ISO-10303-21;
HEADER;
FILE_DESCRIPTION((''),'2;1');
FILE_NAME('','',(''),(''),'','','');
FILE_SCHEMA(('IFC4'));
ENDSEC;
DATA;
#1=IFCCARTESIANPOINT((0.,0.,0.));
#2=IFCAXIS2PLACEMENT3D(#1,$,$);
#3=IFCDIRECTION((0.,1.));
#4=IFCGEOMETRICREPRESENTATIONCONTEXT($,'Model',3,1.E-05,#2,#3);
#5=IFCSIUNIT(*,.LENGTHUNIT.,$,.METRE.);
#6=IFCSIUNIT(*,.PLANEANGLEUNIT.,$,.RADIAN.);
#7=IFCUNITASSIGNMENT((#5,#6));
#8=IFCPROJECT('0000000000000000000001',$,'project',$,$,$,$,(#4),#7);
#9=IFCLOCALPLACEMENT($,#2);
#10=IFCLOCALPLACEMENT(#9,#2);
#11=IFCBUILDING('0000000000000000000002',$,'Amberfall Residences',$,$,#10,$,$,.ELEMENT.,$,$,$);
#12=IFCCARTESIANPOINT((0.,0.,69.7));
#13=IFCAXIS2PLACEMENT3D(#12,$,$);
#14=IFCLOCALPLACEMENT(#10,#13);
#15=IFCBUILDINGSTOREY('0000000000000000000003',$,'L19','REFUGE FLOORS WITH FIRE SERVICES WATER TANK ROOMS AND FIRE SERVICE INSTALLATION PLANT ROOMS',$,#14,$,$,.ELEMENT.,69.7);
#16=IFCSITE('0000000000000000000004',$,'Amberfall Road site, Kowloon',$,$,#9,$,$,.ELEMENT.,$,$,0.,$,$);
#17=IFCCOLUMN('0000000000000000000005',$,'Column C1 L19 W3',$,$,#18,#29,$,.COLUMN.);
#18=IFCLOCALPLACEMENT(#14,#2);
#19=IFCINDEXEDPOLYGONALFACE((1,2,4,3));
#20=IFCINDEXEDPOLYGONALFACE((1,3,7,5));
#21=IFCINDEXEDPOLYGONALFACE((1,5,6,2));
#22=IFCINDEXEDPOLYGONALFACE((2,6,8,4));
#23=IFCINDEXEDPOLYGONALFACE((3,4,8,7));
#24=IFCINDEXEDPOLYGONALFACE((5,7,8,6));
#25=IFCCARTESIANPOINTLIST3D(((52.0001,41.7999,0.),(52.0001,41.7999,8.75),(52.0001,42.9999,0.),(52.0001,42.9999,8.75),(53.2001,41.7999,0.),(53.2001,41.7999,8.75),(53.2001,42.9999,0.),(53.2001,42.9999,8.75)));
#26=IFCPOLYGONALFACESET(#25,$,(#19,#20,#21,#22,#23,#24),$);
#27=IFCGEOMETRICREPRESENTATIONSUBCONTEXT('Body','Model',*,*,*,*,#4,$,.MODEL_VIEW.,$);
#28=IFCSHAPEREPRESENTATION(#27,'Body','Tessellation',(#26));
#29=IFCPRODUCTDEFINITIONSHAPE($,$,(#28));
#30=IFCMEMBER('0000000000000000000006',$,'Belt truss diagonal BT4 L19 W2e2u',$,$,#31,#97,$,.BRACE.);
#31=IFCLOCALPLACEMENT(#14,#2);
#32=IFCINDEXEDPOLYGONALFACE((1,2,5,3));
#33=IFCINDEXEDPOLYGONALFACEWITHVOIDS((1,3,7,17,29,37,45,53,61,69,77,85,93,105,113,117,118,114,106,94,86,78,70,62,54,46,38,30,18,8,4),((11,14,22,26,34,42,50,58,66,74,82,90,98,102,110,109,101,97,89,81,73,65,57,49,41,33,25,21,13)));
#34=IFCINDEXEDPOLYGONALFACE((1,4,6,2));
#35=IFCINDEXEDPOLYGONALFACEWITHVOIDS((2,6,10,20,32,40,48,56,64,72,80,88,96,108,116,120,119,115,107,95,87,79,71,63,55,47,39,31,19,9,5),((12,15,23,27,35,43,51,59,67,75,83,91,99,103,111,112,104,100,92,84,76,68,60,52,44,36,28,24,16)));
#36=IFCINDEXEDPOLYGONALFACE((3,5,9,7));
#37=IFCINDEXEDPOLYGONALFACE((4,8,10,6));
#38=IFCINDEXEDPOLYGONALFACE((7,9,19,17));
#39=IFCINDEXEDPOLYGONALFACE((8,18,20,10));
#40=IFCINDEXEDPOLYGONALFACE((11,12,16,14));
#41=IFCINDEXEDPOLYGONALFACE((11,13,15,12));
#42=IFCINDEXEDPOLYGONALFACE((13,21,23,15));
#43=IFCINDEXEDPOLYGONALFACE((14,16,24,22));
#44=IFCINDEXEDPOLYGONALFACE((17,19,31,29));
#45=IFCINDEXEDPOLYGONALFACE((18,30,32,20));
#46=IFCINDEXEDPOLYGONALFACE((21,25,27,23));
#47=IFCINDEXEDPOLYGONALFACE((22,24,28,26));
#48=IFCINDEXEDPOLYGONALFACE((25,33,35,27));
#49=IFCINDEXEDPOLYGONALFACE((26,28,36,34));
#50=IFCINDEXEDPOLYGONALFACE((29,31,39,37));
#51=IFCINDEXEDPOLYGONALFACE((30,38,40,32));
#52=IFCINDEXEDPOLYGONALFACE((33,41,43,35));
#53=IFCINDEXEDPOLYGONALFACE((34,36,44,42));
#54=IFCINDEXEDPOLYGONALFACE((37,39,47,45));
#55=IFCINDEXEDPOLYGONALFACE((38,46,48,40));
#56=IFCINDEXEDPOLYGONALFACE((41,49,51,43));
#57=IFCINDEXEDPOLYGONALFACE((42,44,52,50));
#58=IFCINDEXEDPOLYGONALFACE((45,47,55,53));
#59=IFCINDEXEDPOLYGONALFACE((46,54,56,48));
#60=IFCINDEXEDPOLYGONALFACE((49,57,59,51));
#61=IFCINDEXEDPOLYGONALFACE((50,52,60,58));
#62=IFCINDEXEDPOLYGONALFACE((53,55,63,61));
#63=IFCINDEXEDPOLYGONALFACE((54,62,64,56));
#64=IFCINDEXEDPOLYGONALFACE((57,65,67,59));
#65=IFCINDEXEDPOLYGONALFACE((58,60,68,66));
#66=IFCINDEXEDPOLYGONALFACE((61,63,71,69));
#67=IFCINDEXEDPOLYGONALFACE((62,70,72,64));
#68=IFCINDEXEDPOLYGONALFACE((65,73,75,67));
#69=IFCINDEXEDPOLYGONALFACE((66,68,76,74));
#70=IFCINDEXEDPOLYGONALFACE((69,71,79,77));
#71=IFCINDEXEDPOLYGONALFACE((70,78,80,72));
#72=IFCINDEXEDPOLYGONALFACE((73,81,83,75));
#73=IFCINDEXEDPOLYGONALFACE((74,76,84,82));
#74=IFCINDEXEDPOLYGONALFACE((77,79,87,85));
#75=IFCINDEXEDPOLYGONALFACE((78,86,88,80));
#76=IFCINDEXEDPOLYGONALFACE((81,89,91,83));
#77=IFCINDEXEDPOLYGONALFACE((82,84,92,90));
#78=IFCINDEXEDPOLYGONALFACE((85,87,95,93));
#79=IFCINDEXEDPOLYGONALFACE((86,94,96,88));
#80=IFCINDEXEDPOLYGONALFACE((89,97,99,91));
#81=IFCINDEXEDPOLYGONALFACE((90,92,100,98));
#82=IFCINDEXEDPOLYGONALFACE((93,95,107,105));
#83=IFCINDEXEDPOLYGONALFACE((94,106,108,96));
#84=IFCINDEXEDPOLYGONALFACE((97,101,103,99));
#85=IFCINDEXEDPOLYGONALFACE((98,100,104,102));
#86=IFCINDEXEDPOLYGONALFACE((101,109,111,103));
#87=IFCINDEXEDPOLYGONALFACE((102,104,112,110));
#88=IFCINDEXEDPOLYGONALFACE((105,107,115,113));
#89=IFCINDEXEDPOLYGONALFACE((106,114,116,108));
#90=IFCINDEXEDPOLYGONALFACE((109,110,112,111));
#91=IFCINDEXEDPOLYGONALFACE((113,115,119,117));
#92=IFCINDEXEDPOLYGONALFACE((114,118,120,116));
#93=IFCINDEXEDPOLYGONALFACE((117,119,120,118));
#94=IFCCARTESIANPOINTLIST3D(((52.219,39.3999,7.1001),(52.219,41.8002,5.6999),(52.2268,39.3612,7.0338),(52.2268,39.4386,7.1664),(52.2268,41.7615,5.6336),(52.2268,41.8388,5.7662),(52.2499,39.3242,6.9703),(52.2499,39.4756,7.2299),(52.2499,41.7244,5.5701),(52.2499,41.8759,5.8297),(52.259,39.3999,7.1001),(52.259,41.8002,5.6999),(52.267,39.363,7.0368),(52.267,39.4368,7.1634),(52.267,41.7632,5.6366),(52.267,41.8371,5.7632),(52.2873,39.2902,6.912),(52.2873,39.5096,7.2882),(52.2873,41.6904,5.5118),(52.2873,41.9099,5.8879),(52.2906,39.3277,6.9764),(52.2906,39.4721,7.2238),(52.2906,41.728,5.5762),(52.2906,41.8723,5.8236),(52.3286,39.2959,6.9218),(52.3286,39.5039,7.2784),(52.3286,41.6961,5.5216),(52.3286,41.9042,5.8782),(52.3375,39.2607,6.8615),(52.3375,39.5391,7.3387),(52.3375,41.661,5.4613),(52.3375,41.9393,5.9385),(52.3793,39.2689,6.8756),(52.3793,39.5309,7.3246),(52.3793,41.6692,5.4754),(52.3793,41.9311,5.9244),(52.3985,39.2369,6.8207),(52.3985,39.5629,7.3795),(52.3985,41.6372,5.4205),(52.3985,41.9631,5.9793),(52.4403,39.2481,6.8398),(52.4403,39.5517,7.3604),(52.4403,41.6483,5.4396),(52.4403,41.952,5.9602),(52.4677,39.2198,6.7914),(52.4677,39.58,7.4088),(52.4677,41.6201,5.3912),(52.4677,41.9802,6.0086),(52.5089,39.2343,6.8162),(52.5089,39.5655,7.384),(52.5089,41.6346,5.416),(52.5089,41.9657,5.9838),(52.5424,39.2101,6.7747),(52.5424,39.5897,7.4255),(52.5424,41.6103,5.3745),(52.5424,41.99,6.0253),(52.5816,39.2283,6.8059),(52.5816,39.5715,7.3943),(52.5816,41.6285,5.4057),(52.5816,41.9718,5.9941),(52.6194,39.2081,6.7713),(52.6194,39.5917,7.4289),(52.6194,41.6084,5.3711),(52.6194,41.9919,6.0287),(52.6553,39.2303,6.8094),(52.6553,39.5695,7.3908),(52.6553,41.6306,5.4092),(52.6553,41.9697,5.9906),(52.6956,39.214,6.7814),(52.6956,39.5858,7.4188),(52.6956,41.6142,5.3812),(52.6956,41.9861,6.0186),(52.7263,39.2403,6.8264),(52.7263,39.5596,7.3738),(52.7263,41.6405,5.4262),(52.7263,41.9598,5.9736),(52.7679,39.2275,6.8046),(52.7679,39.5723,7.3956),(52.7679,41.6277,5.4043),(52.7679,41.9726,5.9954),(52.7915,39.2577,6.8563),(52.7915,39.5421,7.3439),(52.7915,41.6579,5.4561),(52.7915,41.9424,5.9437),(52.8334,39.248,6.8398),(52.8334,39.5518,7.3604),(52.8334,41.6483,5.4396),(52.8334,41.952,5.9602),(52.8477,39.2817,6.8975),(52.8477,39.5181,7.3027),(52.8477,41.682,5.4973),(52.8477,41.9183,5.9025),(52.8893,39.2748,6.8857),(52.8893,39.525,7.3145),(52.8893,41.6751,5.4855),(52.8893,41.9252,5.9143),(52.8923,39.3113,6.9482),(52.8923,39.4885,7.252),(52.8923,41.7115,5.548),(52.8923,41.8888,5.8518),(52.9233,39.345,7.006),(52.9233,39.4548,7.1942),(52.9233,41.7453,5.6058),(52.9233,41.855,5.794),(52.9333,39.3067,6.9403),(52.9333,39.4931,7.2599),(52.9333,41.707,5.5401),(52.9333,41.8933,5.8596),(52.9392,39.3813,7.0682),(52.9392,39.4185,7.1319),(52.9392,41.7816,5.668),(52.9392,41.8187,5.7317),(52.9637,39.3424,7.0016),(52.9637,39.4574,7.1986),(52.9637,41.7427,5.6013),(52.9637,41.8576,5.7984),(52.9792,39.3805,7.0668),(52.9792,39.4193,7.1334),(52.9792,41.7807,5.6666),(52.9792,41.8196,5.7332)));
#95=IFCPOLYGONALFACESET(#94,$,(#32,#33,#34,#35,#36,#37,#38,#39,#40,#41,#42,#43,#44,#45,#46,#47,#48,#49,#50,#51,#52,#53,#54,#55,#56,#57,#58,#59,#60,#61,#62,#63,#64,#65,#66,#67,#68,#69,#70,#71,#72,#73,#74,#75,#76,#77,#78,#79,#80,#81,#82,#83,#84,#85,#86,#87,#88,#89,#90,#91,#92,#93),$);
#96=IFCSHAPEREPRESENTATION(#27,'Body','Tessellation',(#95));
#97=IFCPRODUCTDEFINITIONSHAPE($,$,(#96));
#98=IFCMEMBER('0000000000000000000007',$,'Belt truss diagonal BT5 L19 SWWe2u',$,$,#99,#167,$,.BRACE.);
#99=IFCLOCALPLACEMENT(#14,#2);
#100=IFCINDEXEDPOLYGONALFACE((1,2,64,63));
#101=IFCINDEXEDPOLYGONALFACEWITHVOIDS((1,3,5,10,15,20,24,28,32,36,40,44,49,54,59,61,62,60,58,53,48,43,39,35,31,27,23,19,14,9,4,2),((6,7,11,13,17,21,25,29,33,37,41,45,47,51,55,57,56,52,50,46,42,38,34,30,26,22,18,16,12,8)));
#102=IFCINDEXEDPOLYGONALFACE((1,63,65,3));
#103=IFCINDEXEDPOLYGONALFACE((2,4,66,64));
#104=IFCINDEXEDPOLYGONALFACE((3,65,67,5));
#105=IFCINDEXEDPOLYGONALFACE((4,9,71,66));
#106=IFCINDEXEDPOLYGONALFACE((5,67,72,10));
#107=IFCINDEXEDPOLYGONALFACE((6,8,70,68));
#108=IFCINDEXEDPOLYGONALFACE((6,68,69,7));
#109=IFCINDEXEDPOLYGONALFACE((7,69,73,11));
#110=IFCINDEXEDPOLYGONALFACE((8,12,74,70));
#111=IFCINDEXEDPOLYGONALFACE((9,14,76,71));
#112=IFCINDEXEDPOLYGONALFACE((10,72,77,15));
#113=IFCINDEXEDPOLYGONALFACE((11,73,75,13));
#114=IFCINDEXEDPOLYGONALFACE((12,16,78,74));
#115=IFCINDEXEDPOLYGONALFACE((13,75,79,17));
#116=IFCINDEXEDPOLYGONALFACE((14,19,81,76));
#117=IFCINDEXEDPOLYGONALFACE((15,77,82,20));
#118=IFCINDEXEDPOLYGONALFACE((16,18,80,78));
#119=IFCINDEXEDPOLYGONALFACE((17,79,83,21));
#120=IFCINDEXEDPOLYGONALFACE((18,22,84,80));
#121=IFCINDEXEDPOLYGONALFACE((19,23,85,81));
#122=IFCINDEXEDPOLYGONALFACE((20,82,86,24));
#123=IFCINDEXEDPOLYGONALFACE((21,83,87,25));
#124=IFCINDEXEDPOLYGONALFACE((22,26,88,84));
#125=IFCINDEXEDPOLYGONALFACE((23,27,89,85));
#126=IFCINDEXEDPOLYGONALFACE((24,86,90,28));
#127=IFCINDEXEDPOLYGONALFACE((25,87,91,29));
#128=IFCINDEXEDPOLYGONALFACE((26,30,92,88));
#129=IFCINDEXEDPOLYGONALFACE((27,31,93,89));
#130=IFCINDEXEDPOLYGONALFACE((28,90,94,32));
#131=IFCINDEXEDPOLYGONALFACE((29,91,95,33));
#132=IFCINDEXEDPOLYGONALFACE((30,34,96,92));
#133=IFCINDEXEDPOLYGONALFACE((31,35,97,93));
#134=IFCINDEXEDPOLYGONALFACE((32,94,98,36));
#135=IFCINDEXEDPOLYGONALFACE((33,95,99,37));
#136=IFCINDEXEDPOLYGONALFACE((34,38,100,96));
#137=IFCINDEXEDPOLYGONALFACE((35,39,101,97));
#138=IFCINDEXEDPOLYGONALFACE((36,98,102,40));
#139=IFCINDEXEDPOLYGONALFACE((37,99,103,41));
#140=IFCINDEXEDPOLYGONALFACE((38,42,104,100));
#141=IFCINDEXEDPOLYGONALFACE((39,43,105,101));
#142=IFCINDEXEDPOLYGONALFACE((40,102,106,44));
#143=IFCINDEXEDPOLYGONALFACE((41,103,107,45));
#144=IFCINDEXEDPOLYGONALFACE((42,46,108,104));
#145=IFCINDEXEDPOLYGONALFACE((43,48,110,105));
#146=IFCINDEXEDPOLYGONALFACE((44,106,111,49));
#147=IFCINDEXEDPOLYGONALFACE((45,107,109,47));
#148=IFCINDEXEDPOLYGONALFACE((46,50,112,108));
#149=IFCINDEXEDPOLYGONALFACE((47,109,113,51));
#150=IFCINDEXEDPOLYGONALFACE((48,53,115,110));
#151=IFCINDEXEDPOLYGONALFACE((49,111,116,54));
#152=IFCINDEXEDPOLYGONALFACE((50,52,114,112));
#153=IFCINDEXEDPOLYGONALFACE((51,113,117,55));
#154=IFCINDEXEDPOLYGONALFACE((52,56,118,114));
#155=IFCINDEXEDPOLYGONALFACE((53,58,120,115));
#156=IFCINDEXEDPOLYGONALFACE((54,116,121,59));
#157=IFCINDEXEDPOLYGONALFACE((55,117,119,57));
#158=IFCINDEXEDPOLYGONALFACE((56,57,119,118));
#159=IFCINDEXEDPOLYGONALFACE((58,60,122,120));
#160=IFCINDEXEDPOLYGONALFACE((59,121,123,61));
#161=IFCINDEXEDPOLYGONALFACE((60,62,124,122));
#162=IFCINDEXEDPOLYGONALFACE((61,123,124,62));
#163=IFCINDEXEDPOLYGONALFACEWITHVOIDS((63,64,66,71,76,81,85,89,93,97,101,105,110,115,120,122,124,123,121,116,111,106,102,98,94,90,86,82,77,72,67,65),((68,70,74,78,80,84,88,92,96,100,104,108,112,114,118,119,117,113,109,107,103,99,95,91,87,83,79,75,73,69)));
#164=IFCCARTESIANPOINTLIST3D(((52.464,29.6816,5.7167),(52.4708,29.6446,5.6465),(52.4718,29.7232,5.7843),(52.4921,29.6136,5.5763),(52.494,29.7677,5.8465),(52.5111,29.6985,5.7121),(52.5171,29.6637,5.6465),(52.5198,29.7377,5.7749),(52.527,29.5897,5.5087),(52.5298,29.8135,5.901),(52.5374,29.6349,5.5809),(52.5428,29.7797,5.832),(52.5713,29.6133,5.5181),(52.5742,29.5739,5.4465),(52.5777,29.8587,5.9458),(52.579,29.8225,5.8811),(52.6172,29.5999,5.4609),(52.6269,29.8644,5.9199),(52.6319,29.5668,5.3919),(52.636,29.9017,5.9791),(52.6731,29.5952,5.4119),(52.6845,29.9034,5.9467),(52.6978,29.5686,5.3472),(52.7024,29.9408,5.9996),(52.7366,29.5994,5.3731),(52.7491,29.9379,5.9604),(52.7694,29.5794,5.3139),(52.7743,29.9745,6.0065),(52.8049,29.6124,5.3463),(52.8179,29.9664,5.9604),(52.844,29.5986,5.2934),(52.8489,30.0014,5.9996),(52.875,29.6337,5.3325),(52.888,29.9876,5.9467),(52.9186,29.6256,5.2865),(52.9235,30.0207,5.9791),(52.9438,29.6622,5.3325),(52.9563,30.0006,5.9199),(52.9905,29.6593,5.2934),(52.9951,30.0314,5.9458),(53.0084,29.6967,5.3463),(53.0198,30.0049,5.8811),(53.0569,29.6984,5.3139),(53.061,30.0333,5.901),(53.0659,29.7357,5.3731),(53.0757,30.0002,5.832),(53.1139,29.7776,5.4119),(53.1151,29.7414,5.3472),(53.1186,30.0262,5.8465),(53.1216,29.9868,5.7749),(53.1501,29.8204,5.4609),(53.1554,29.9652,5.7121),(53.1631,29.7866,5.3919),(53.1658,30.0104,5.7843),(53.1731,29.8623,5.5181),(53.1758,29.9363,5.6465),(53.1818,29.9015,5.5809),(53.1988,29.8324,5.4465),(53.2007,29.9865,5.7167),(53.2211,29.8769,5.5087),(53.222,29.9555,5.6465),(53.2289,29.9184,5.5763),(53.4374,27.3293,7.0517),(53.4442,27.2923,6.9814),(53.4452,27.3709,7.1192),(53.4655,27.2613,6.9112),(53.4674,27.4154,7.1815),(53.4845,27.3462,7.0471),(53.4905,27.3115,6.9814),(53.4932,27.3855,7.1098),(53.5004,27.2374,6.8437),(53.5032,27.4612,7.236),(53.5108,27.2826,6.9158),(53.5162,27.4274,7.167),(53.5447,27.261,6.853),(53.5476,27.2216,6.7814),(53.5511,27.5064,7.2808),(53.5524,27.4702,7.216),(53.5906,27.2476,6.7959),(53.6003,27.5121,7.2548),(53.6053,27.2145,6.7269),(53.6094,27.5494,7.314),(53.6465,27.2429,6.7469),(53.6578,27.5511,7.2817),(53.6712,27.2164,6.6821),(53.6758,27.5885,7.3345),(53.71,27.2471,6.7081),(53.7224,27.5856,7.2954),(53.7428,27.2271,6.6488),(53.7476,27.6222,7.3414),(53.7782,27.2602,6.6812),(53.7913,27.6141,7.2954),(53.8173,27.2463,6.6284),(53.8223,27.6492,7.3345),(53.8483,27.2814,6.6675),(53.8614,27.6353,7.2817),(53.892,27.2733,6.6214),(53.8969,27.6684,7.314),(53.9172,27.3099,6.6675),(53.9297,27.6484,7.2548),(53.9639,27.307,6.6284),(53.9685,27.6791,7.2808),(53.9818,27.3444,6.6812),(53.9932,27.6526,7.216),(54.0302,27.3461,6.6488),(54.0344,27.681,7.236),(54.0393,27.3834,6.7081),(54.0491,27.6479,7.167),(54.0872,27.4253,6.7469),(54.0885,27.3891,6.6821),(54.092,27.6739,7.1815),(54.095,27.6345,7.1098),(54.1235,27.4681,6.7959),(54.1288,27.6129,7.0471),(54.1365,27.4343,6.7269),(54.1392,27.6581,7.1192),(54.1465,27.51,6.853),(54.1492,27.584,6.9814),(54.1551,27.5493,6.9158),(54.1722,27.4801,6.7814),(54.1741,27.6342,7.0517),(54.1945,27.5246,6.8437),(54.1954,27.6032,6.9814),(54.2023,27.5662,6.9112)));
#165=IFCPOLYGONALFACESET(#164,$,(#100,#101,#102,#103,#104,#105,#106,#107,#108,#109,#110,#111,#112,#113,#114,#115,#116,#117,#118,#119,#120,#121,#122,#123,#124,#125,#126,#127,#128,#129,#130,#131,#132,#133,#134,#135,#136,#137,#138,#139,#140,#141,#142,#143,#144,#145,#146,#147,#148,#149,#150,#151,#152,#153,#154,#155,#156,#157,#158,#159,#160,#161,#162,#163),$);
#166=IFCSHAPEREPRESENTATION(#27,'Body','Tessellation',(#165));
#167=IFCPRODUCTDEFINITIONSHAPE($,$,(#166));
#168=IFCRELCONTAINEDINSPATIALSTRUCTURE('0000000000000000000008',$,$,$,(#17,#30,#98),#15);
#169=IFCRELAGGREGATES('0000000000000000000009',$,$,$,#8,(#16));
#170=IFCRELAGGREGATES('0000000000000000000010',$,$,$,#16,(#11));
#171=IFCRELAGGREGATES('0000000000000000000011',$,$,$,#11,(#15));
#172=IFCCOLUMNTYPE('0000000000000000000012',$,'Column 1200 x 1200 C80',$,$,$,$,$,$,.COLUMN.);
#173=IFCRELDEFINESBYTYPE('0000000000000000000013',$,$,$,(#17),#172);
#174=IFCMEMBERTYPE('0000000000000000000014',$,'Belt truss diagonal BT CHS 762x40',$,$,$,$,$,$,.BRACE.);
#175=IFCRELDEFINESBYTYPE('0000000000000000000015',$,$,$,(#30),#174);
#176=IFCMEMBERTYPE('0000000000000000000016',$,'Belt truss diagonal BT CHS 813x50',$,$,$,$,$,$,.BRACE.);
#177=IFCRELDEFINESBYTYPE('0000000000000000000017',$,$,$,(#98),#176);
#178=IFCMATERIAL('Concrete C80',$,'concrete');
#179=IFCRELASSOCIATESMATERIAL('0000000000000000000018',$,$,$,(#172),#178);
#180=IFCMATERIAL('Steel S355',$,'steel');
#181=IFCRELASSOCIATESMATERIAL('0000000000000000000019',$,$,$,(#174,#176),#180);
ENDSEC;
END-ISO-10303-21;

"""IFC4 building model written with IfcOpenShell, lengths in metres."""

from ifc_helpers import new_model, si_unit, direction, frame, origin, origin_2d, place, context, subcontext, project, spatial, rectangle, hollow_circle, extrude, material, material_profile, profile_set, type_object, element, save


model = new_model("IFC4")

# Units and contexts
model_context = context("Model", 3, precision=1e-05, world=origin(), true_north=direction((0.0, 1.0)))
body_context = subcontext(model_context, "Body", "Model", "MODEL_VIEW")
ifc_project = project(units=[si_unit("LENGTHUNIT", "METRE"), si_unit("PLANEANGLEUNIT", "RADIAN")], contexts=[model_context])

# Site, building, storey
site_placement = place(None, origin())
site = spatial("IfcSite", under=ifc_project, at=site_placement, Name="Amberfall Road site, Kowloon", CompositionType="ELEMENT", RefElevation=0.0)
building_placement = place(site_placement, origin())
building = spatial("IfcBuilding", under=site, at=building_placement, Name="Amberfall Residences", CompositionType="ELEMENT")
storey_placement = place(building_placement, frame((0.0, 0.0, 69.7)))
storey = spatial("IfcBuildingStorey", under=building, at=storey_placement, Name="L19", Description="REFUGE FLOORS WITH FIRE SERVICES WATER TANK ROOMS AND FIRE SERVICE INSTALLATION PLANT ROOMS", CompositionType="ELEMENT", Elevation=69.7)

# Column
ifc_material_1 = material(Name="Concrete C80", Category="concrete")
ifc_material_profile_1 = material_profile(ifc_material_1, rectangle(XDim=1.2, YDim=1.2, at=origin_2d()), Name="Column 1200 x 1200 C80")
ifc_profile_set_1 = profile_set([ifc_material_profile_1], Name="Concrete C80")
column_type = type_object("IfcColumnType", Name="Column 1200 x 1200 C80", PredefinedType="COLUMN", material=ifc_profile_set_1)
column_placement = place(storey_placement, frame((52.6001, 42.3999, 0.0), z_axis=(0.0, 0.0, 1.0), x_axis=(1.0, 0.0, 0.0)))
element("IfcColumn", 1, at=column_placement, inside=storey, type_object=column_type, Name="Column C1 L19 W3", PredefinedType="COLUMN", context=body_context, shape_type="SweptSolid", body=[
    extrude(rectangle(XDim=1.2, YDim=1.2, at=origin_2d()), origin(), (0.0, 0.0, 1.0), 8.75),
])

# Members
ifc_material_2 = material(Name="Steel S355", Category="steel")
ifc_material_profile_2 = material_profile(ifc_material_2, hollow_circle(Radius=0.3811, WallThickness=0.04, at=origin_2d()), Name="CHS 762x40")
ifc_profile_set_2 = profile_set([ifc_material_profile_2], Name="Steel S355")
member_type_1 = type_object("IfcMemberType", Name="Belt truss diagonal BT CHS 762x40", PredefinedType="BRACE", material=ifc_profile_set_2)
member_1_placement = place(storey_placement, frame((52.6001, 39.3999, 7.1001), z_axis=(0.0, 0.863769, -0.503887), x_axis=(-1.0, 0.0, 0.0)))
element("IfcMember", 2, at=member_1_placement, inside=storey, type_object=member_type_1, Name="Belt truss diagonal BT4 L19 W2e2u", PredefinedType="BRACE", context=body_context, shape_type="SweptSolid", body=[
    extrude(hollow_circle(Radius=0.3811, WallThickness=0.04, at=origin_2d()), origin(), (0.0, 0.0, 1.0), 2.7788),
])
ifc_material_profile_3 = material_profile(ifc_material_2, hollow_circle(Radius=0.4065, WallThickness=0.05, at=origin_2d()), Name="CHS 813x50")
ifc_profile_set_3 = profile_set([ifc_material_profile_3], Name="Steel S355")
member_type_2 = type_object("IfcMemberType", Name="Belt truss diagonal BT CHS 813x50", PredefinedType="BRACE", material=ifc_profile_set_3)
member_2_placement = place(storey_placement, frame((53.8198, 27.4478, 6.9814), z_axis=(-0.338626, 0.818325, -0.464411), x_axis=(-0.924013, -0.38236, 0.0)))
element("IfcMember", 3, at=member_2_placement, inside=storey, type_object=member_type_2, Name="Belt truss diagonal BT5 L19 SWWe2u", PredefinedType="BRACE", context=body_context, shape_type="SweptSolid", body=[
    extrude(hollow_circle(Radius=0.4065, WallThickness=0.05, at=origin_2d()), origin(), (0.0, 0.0, 1.0), 2.8745),
])

save(model, "model.ifc")
